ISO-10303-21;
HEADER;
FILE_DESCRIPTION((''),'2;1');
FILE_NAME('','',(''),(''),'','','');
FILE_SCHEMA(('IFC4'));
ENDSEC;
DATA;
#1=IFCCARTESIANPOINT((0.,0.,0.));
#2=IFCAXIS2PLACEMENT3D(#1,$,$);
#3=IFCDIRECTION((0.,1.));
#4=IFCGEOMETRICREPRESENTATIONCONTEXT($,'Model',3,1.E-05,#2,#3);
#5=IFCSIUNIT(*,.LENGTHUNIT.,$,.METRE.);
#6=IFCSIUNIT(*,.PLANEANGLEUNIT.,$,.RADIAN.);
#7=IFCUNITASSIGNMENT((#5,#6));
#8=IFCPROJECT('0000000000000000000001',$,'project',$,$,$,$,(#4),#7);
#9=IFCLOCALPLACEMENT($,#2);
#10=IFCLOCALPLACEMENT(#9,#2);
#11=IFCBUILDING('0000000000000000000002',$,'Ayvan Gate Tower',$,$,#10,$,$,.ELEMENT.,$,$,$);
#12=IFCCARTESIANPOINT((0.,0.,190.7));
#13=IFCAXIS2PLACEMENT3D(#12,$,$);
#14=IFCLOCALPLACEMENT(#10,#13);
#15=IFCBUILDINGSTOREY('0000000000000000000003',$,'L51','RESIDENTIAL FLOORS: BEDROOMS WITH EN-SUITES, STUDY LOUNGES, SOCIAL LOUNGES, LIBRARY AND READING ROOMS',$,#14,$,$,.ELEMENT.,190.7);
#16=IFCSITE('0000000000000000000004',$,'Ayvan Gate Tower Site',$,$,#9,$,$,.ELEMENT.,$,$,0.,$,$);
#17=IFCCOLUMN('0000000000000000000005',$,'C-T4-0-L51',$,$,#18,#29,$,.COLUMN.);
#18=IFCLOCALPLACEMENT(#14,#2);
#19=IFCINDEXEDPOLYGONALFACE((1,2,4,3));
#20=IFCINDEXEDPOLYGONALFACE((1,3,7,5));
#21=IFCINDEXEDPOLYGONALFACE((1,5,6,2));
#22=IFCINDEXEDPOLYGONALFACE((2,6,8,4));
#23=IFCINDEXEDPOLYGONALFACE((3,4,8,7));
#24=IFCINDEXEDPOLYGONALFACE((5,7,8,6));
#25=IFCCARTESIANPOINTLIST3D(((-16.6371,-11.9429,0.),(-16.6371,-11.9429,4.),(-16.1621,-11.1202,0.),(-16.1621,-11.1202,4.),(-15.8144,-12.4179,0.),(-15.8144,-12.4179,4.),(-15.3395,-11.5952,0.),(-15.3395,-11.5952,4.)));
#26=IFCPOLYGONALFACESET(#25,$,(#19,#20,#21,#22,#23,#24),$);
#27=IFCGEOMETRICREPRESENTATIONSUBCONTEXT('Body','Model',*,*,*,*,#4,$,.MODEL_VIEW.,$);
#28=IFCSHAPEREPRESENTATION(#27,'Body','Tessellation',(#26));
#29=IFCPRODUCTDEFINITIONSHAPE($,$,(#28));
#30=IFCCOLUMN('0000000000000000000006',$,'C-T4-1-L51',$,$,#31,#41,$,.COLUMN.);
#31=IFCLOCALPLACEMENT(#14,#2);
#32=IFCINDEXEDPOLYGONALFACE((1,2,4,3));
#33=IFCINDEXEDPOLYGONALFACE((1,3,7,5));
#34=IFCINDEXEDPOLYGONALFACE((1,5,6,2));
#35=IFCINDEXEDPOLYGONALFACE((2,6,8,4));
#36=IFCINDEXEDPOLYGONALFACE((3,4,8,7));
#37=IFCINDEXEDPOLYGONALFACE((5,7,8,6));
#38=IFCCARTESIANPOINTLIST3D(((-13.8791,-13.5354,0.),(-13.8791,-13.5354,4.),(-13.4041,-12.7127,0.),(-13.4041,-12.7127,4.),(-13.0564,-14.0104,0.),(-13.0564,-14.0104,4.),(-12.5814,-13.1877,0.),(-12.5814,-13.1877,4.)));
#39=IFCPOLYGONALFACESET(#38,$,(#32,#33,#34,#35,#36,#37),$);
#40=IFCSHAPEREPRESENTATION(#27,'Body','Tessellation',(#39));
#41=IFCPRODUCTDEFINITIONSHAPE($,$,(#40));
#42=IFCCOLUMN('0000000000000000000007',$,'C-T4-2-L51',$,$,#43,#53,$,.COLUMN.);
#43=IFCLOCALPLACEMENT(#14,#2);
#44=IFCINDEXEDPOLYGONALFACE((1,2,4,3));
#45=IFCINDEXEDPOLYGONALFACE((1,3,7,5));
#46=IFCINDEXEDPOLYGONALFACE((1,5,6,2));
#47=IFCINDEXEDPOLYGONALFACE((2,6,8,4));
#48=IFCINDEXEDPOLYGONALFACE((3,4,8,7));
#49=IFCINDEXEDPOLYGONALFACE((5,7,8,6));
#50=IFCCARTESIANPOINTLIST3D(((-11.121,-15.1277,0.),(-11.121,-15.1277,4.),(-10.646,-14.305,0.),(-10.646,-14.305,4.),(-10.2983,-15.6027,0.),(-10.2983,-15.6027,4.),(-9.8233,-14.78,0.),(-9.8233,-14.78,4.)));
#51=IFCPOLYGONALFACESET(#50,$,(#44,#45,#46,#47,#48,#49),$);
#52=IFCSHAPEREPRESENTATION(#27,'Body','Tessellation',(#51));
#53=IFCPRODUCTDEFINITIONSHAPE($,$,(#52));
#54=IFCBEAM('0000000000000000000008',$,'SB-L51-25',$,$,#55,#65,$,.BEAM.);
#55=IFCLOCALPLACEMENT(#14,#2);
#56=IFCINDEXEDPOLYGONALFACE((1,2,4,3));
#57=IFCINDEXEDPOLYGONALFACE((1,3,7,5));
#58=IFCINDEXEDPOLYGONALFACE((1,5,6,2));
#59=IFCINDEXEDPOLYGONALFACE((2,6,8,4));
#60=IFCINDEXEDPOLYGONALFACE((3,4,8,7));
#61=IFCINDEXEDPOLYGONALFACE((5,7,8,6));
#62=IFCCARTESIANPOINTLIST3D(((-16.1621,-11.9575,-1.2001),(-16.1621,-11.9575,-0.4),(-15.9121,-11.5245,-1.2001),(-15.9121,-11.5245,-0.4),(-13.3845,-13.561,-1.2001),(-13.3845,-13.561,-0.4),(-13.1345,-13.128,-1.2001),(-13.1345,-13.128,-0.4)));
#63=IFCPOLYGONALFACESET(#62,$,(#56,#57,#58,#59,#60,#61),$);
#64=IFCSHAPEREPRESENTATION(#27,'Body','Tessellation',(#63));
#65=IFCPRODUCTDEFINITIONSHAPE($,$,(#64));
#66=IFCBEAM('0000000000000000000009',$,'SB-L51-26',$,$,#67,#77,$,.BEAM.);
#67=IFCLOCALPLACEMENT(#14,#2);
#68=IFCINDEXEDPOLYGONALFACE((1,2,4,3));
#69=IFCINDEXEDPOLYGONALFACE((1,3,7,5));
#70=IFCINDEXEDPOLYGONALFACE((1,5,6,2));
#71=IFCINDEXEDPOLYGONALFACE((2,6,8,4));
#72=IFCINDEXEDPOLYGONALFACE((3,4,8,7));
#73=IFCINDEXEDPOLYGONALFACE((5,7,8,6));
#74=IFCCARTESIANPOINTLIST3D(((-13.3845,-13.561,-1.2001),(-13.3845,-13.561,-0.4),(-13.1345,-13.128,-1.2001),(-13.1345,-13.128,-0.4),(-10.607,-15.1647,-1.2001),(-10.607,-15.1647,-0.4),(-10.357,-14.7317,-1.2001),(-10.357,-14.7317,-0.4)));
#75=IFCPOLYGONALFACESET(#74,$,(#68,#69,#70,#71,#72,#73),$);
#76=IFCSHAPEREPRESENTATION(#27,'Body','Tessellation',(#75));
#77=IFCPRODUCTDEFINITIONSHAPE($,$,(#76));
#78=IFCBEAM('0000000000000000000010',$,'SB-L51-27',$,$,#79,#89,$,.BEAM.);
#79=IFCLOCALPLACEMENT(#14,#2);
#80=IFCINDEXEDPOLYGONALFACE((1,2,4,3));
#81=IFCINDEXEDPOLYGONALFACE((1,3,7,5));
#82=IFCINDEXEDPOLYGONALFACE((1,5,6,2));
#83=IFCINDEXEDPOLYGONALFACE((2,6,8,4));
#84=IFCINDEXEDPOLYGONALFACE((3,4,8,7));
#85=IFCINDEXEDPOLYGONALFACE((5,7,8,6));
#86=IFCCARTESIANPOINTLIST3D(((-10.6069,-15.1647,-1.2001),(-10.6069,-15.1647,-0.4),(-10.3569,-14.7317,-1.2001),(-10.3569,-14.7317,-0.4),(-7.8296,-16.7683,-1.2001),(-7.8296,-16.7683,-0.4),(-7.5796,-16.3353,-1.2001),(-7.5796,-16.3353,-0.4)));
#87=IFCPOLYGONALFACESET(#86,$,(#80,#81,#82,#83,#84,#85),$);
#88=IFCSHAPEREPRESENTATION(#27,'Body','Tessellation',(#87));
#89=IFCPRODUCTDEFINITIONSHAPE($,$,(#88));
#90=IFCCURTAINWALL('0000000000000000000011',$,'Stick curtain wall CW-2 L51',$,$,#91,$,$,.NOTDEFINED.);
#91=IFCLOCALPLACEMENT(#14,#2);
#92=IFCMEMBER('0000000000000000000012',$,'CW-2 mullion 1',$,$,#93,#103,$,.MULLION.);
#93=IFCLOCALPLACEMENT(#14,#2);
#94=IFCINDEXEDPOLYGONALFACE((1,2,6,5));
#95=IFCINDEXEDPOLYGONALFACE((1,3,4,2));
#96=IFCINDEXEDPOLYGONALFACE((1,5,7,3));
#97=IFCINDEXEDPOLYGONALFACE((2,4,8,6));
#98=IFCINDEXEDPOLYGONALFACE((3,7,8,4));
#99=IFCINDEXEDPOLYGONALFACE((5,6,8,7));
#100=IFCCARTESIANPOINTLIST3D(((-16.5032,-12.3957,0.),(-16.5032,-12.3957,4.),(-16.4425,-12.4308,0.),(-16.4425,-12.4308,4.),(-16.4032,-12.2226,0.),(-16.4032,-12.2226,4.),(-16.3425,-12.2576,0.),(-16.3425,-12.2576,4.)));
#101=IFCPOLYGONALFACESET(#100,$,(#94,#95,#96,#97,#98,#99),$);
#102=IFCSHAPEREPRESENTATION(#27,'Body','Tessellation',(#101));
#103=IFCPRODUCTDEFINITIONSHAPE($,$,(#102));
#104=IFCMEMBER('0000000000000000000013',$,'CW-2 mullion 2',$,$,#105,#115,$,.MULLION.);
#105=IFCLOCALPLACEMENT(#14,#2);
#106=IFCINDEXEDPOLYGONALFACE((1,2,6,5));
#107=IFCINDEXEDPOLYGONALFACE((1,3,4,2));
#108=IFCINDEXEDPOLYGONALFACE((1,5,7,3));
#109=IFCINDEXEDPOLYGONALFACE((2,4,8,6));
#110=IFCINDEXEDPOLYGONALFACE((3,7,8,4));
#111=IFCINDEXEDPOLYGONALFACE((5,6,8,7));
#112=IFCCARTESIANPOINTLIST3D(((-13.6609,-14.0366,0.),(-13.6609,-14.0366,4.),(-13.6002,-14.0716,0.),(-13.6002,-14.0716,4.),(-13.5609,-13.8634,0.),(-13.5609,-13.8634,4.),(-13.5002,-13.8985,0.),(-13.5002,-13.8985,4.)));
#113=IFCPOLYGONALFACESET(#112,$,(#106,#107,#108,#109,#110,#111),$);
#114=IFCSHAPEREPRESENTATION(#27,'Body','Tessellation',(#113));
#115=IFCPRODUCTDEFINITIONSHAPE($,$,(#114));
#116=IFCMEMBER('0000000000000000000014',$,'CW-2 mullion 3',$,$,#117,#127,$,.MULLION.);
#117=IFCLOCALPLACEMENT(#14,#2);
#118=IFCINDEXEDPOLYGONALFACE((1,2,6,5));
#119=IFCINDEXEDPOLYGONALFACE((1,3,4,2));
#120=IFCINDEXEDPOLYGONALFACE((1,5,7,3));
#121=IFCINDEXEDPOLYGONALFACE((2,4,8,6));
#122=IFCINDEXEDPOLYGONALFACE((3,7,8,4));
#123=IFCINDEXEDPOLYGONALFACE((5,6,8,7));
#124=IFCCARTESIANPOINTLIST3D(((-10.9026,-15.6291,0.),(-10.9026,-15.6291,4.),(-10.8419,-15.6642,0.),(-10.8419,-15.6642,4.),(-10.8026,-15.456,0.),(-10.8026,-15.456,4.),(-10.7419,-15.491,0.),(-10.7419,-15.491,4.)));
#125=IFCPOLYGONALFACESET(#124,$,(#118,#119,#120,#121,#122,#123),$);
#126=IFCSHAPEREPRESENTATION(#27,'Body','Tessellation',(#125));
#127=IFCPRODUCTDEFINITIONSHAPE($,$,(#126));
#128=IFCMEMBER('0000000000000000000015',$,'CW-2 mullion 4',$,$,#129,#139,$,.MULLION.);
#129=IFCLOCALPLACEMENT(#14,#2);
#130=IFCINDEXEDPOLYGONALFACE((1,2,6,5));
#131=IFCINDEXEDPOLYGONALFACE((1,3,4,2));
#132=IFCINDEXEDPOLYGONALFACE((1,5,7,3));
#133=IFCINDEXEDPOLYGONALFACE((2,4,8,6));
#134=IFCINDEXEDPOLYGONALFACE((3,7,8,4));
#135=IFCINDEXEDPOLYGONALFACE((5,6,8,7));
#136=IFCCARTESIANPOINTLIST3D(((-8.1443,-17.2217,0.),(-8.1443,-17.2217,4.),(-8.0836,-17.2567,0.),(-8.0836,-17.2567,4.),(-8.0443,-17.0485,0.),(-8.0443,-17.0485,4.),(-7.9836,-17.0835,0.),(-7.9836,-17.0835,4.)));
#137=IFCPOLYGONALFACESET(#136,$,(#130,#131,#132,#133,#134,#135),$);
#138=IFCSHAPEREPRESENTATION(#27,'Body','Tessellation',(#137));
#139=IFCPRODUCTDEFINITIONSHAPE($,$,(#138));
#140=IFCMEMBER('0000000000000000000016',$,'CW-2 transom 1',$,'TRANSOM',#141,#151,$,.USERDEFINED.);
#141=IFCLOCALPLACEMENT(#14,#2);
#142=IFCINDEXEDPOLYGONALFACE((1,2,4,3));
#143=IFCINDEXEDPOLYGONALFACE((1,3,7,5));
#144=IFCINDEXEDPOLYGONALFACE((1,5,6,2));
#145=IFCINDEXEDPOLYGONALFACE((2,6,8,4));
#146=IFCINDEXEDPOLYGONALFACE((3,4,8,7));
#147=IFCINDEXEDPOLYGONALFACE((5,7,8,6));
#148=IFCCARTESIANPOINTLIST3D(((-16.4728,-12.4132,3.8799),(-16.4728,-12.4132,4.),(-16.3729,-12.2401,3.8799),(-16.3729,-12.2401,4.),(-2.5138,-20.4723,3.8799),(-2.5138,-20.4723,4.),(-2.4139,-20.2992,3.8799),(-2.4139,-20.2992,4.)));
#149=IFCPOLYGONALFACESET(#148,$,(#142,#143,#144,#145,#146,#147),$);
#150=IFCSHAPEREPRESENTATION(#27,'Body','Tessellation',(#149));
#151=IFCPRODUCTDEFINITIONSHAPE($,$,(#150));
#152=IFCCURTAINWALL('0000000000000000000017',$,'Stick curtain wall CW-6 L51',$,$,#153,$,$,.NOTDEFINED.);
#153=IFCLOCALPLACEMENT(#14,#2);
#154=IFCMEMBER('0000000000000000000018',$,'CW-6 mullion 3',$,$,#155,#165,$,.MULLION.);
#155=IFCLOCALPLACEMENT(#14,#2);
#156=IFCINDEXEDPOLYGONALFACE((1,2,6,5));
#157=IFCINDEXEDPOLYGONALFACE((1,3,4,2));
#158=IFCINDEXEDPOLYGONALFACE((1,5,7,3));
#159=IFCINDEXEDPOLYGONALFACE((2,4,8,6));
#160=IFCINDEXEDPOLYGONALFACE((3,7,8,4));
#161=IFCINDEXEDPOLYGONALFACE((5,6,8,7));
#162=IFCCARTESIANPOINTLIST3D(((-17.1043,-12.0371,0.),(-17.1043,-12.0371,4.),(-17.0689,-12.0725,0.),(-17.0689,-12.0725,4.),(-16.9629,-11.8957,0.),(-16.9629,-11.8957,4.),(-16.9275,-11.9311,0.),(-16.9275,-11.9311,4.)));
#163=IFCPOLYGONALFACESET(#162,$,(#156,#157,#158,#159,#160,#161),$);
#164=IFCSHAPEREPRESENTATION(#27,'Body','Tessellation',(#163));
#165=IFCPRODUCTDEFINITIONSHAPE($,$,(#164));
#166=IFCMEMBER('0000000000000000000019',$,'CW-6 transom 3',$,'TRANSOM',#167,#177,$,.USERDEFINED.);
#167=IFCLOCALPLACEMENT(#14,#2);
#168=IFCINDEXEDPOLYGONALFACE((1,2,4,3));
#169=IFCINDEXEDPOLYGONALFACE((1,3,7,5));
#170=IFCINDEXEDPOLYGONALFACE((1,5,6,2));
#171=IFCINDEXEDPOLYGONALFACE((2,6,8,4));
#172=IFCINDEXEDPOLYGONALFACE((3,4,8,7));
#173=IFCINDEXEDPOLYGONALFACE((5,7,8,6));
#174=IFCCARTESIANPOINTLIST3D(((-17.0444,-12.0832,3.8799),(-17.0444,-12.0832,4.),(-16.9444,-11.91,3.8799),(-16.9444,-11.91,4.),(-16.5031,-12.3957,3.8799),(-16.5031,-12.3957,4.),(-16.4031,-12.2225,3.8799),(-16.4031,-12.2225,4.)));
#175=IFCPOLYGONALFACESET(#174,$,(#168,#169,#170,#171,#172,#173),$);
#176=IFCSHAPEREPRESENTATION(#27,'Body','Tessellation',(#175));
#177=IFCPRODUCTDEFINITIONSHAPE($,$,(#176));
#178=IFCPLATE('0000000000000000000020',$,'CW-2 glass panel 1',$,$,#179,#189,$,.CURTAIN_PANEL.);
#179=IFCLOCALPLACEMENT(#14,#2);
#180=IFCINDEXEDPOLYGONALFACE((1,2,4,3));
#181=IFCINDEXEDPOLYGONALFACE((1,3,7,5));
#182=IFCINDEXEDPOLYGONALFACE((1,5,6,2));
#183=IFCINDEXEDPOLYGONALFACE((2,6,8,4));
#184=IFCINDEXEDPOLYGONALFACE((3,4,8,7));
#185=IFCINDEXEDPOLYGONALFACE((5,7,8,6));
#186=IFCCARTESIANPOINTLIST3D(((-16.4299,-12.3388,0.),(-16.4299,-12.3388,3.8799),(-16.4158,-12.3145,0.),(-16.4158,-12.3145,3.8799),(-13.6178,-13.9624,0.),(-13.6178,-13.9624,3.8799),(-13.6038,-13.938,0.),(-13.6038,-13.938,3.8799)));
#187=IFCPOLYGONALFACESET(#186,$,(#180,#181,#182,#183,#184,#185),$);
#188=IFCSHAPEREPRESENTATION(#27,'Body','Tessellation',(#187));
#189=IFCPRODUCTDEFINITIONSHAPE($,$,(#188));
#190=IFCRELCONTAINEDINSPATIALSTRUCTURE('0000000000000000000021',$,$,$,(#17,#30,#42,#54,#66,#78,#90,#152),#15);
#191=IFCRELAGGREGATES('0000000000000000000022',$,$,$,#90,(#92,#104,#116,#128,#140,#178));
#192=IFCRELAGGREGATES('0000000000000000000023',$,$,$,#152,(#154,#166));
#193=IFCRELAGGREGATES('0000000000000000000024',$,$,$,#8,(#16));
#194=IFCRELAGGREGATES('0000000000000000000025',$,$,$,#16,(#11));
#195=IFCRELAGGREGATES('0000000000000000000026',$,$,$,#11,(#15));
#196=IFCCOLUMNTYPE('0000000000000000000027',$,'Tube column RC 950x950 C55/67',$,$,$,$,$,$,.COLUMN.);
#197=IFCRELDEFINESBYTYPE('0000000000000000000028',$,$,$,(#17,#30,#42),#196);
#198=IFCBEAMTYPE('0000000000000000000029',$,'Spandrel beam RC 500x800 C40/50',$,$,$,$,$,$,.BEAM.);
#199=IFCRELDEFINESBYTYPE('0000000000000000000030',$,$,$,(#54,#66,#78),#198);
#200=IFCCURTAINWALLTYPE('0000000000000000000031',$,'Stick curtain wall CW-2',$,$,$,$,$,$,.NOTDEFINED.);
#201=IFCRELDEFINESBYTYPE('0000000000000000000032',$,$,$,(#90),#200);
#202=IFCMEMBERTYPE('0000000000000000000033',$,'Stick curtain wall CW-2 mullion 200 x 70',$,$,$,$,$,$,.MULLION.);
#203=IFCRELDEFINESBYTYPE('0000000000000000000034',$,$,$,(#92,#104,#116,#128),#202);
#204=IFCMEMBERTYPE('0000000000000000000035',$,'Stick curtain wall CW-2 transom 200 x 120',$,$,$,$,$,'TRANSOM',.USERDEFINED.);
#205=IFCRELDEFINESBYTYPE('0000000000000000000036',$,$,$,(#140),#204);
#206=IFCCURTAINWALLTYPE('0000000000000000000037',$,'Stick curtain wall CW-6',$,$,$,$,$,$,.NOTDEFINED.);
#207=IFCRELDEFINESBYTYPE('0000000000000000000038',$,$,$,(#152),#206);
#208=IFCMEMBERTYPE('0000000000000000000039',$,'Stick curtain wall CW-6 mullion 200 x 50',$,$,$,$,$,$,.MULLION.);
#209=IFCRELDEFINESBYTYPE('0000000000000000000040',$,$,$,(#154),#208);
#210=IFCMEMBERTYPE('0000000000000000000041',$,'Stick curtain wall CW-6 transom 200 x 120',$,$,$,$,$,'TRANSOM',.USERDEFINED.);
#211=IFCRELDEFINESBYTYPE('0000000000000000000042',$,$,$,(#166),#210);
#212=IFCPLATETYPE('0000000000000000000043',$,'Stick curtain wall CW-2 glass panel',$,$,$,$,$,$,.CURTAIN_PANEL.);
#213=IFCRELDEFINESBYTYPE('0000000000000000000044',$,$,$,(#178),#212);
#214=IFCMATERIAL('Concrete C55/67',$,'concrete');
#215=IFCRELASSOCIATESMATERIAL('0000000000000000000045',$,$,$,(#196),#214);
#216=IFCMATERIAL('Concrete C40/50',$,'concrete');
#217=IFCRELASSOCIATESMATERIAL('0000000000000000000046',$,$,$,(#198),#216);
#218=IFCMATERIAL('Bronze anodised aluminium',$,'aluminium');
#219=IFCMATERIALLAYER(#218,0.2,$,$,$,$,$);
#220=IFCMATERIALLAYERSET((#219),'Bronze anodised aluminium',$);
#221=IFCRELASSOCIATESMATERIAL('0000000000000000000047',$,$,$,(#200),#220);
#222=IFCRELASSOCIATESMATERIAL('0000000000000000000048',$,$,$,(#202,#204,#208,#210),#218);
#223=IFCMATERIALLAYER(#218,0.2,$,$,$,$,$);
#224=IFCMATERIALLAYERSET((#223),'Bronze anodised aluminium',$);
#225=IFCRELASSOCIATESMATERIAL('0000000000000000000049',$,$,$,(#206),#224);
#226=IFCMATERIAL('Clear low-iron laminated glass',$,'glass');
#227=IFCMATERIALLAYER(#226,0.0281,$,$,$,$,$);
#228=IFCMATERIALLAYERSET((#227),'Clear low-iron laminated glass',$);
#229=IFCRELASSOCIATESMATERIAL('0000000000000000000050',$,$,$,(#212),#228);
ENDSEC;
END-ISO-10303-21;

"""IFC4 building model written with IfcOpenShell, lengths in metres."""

from ifc_helpers import new_model, si_unit, direction, frame, origin, origin_2d, place, context, subcontext, project, spatial, rectangle, extrude, material, layer, layer_set, material_profile, profile_set, type_object, element, aggregate, save


model = new_model("IFC4")

# Units and contexts
model_context = context("Model", 3, precision=1e-05, world=origin(), true_north=direction((0.0, 1.0)))
body_context = subcontext(model_context, "Body", "Model", "MODEL_VIEW")
ifc_project = project(units=[si_unit("LENGTHUNIT", "METRE"), si_unit("PLANEANGLEUNIT", "RADIAN")], contexts=[model_context])

# Site, building, storey
site_placement = place(None, origin())
site = spatial("IfcSite", under=ifc_project, at=site_placement, Name="Ayvan Gate Tower Site", CompositionType="ELEMENT", RefElevation=0.0)
building_placement = place(site_placement, origin())
building = spatial("IfcBuilding", under=site, at=building_placement, Name="Ayvan Gate Tower", CompositionType="ELEMENT")
storey_placement = place(building_placement, frame((0.0, 0.0, 190.7)))
storey = spatial("IfcBuildingStorey", under=building, at=storey_placement, Name="L51", Description="RESIDENTIAL FLOORS: BEDROOMS WITH EN-SUITES, STUDY LOUNGES, SOCIAL LOUNGES, LIBRARY AND READING ROOMS", CompositionType="ELEMENT", Elevation=190.7)

# Columns
ifc_material_1 = material(Name="Concrete C55/67", Category="concrete")
ifc_material_profile_1 = material_profile(ifc_material_1, rectangle(XDim=0.95, YDim=0.95, at=origin_2d()), Name="RC 950x950")
ifc_profile_set_1 = profile_set([ifc_material_profile_1], Name="Concrete C55/67")
column_type = type_object("IfcColumnType", Name="Tube column RC 950x950 C55/67", PredefinedType="COLUMN", material=ifc_profile_set_1)
for number, where, z_axis, x_axis, name in (
    (1, (-15.9883, -11.769, 0.0), (0.0, 0.0, 1.0), (-0.5, -0.866025, 0.0), "C-T4-0-L51"),
    (2, (-13.2302, -13.3616, 0.0), (0.0, 0.0, 1.0), (-0.5, -0.866025, 0.0), "C-T4-1-L51"),
    (3, (-10.4722, -14.9539, 0.0), (0.0, 0.0, 1.0), (-0.5, -0.866025, 0.0), "C-T4-2-L51"),
):
    element("IfcColumn", number, at=place(storey_placement, frame(where, z_axis=z_axis, x_axis=x_axis)), inside=storey, type_object=column_type, Name=name, PredefinedType="COLUMN", context=body_context, shape_type="SweptSolid", body=[
        extrude(rectangle(XDim=0.95, YDim=0.95, at=origin_2d()), origin(), (0.0, 0.0, 1.0), 4.0),
    ])

# Beams
ifc_material_2 = material(Name="Concrete C40/50", Category="concrete")
ifc_material_profile_2 = material_profile(ifc_material_2, rectangle(XDim=0.5, YDim=0.8, at=origin_2d()), Name="RC 500x800")
ifc_profile_set_2 = profile_set([ifc_material_profile_2], Name="Concrete C40/50")
beam_type = type_object("IfcBeamType", Name="Spandrel beam RC 500x800 C40/50", PredefinedType="BEAM", material=ifc_profile_set_2)
for number, where, z_axis, x_axis, name in (
    (4, (-16.0371, -11.741, -0.8), (0.866042, -0.499971, 0.0), (0.499971, 0.866042, 0.0), "SB-L51-25"),
    (5, (-13.2595, -13.3445, -0.8), (0.866009, -0.500028, 0.0), (0.500028, 0.866009, 0.0), "SB-L51-26"),
):
    element("IfcBeam", number, at=place(storey_placement, frame(where, z_axis=z_axis, x_axis=x_axis)), inside=storey, type_object=beam_type, Name=name, PredefinedType="BEAM", context=body_context, shape_type="SweptSolid", body=[
        extrude(rectangle(XDim=0.5, YDim=0.8, at=origin_2d()), origin(), (0.0, 0.0, 1.0), 3.2073),
    ])
beam_placement = place(storey_placement, frame((-10.4819, -14.9482, -0.8), z_axis=(0.866023, -0.500004, 0.0), x_axis=(0.500004, 0.866023, 0.0)))
element("IfcBeam", 6, at=beam_placement, inside=storey, type_object=beam_type, Name="SB-L51-27", PredefinedType="BEAM", context=body_context, shape_type="SweptSolid", body=[
    extrude(rectangle(XDim=0.5, YDim=0.8, at=origin_2d()), origin(), (0.0, 0.0, 1.0), 3.207),
])

# Curtain walls, members
ifc_material_3 = material(Name="Bronze anodised aluminium", Category="aluminium")
ifc_layer_1 = layer(ifc_material_3, 0.2)
ifc_layer_set_1 = layer_set([ifc_layer_1], Name="Bronze anodised aluminium")
curtain_wall_type_1 = type_object("IfcCurtainWallType", Name="Stick curtain wall CW-2", PredefinedType="NOTDEFINED", material=ifc_layer_set_1)
curtain_wall_1_placement = place(storey_placement, origin())
curtain_wall_1 = element("IfcCurtainWall", 7, at=curtain_wall_1_placement, inside=storey, type_object=curtain_wall_type_1, Name="Stick curtain wall CW-2 L51", PredefinedType="NOTDEFINED")
ifc_material_profile_3 = material_profile(ifc_material_3, rectangle(XDim=0.2, YDim=0.0701, at=origin_2d()), Name="Stick curtain wall CW-2 mullion 200 x 70")
ifc_profile_set_3 = profile_set([ifc_material_profile_3], Name="Bronze anodised aluminium")
member_type_1 = type_object("IfcMemberType", Name="Stick curtain wall CW-2 mullion 200 x 70", PredefinedType="MULLION", material=ifc_profile_set_3)
member_1_placement = place(storey_placement, frame((-16.4229, -12.3267, 0.0), z_axis=(0.0, 0.0, 1.0), x_axis=(-0.5, -0.866025, 0.0)))
member_1 = element("IfcMember", 8, at=member_1_placement, type_object=member_type_1, Name="CW-2 mullion 1", PredefinedType="MULLION", context=body_context, shape_type="SweptSolid", body=[
    extrude(rectangle(XDim=0.2, YDim=0.0701, at=origin_2d()), origin(), (0.0, 0.0, 1.0), 4.0),
])
member_2_placement = place(storey_placement, frame((-13.5806, -13.9675, 0.0), z_axis=(0.0, 0.0, 1.0), x_axis=(-0.5, -0.866025, 0.0)))
member_2 = element("IfcMember", 9, at=member_2_placement, type_object=member_type_1, Name="CW-2 mullion 2", PredefinedType="MULLION", context=body_context, shape_type="SweptSolid", body=[
    extrude(rectangle(XDim=0.2, YDim=0.0701, at=origin_2d()), origin(), (0.0, 0.0, 1.0), 4.0),
])
member_3_placement = place(storey_placement, frame((-10.8223, -15.5601, 0.0), z_axis=(0.0, 0.0, 1.0), x_axis=(-0.5, -0.866025, 0.0)))
member_3 = element("IfcMember", 10, at=member_3_placement, type_object=member_type_1, Name="CW-2 mullion 3", PredefinedType="MULLION", context=body_context, shape_type="SweptSolid", body=[
    extrude(rectangle(XDim=0.2, YDim=0.0701, at=origin_2d()), origin(), (0.0, 0.0, 1.0), 4.0),
])
member_4_placement = place(storey_placement, frame((-8.064, -17.1526, 0.0), z_axis=(0.0, 0.0, 1.0), x_axis=(-0.5, -0.866025, 0.0)))
member_4 = element("IfcMember", 11, at=member_4_placement, type_object=member_type_1, Name="CW-2 mullion 4", PredefinedType="MULLION", context=body_context, shape_type="SweptSolid", body=[
    extrude(rectangle(XDim=0.2, YDim=0.0701, at=origin_2d()), origin(), (0.0, 0.0, 1.0), 4.0),
])
ifc_material_profile_4 = material_profile(ifc_material_3, rectangle(XDim=0.2, YDim=0.1201, at=origin_2d()), Name="Stick curtain wall CW-2 transom 200 x 120")
ifc_profile_set_4 = profile_set([ifc_material_profile_4], Name="Bronze anodised aluminium")
member_type_2 = type_object("IfcMemberType", Name="Stick curtain wall CW-2 transom 200 x 120", ElementType="TRANSOM", PredefinedType="USERDEFINED", material=ifc_profile_set_4)
member_5_placement = place(storey_placement, frame((-16.4229, -12.3267, 3.9399), z_axis=(0.866029, -0.499993, 0.0), x_axis=(0.499993, 0.866029, 0.0)))
member_5 = element("IfcMember", 12, at=member_5_placement, type_object=member_type_2, Name="CW-2 transom 1", ObjectType="TRANSOM", PredefinedType="USERDEFINED", context=body_context, shape_type="SweptSolid", body=[
    extrude(rectangle(XDim=0.2, YDim=0.1201, at=origin_2d()), origin(), (0.0, 0.0, 1.0), 16.1184),
])
ifc_layer_2 = layer(ifc_material_3, 0.2)
ifc_layer_set_2 = layer_set([ifc_layer_2], Name="Bronze anodised aluminium")
curtain_wall_type_2 = type_object("IfcCurtainWallType", Name="Stick curtain wall CW-6", PredefinedType="NOTDEFINED", material=ifc_layer_set_2)
curtain_wall_2_placement = place(storey_placement, origin())
curtain_wall_2 = element("IfcCurtainWall", 13, at=curtain_wall_2_placement, inside=storey, type_object=curtain_wall_type_2, Name="Stick curtain wall CW-6 L51", PredefinedType="NOTDEFINED")
ifc_material_profile_5 = material_profile(ifc_material_3, rectangle(XDim=0.2, YDim=0.05, at=origin_2d()), Name="Stick curtain wall CW-6 mullion 200 x 50")
ifc_profile_set_5 = profile_set([ifc_material_profile_5], Name="Bronze anodised aluminium")
member_type_3 = type_object("IfcMemberType", Name="Stick curtain wall CW-6 mullion 200 x 50", PredefinedType="MULLION", material=ifc_profile_set_5)
member_6_placement = place(storey_placement, frame((-17.0159, -11.9841, 0.0), z_axis=(0.0, 0.0, 1.0), x_axis=(-0.707107, -0.707107, 0.0)))
member_6 = element("IfcMember", 14, at=member_6_placement, type_object=member_type_3, Name="CW-6 mullion 3", PredefinedType="MULLION", context=body_context, shape_type="SweptSolid", body=[
    extrude(rectangle(XDim=0.2, YDim=0.05, at=origin_2d()), origin(), (0.0, 0.0, 1.0), 4.0),
])
ifc_material_profile_6 = material_profile(ifc_material_3, rectangle(XDim=0.2, YDim=0.1201, at=origin_2d()), Name="Stick curtain wall CW-6 transom 200 x 120")
ifc_profile_set_6 = profile_set([ifc_material_profile_6], Name="Bronze anodised aluminium")
member_type_4 = type_object("IfcMemberType", Name="Stick curtain wall CW-6 transom 200 x 120", ElementType="TRANSOM", PredefinedType="USERDEFINED", material=ifc_profile_set_6)
member_7_placement = place(storey_placement, frame((-16.9944, -11.9966, 3.9399), z_axis=(0.866023, -0.500004, 0.0), x_axis=(0.500004, 0.866023, 0.0)))
member_7 = element("IfcMember", 15, at=member_7_placement, type_object=member_type_4, Name="CW-6 transom 3", ObjectType="TRANSOM", PredefinedType="USERDEFINED", context=body_context, shape_type="SweptSolid", body=[
    extrude(rectangle(XDim=0.2, YDim=0.1201, at=origin_2d()), origin(), (0.0, 0.0, 1.0), 0.625),
])

# Plate
ifc_material_4 = material(Name="Clear low-iron laminated glass", Category="glass")
ifc_layer_3 = layer(ifc_material_4, 0.0281)
ifc_layer_set_3 = layer_set([ifc_layer_3], Name="Clear low-iron laminated glass")
plate_type_1 = type_object("IfcPlateType", Name="Stick curtain wall CW-2 glass panel", PredefinedType="CURTAIN_PANEL", material=ifc_layer_set_3)
plate_1_placement = place(storey_placement, frame((-15.0168, -13.1384, 0.0), z_axis=(0.0, 0.0, 1.0), x_axis=(0.866025, -0.5, 0.0)))
plate_1 = element("IfcPlate", 16, at=plate_1_placement, type_object=plate_type_1, Name="CW-2 glass panel 1", PredefinedType="CURTAIN_PANEL", context=body_context, shape_type="SweptSolid", body=[
    extrude(rectangle(XDim=3.2471, YDim=0.0281, at=origin_2d()), origin(), (0.0, 0.0, 1.0), 3.8799),
])
aggregate(curtain_wall_1, [member_1, member_2, member_3, member_4, member_5, plate_1])
aggregate(curtain_wall_2, [member_6, member_7])

save(model, "model.ifc")
